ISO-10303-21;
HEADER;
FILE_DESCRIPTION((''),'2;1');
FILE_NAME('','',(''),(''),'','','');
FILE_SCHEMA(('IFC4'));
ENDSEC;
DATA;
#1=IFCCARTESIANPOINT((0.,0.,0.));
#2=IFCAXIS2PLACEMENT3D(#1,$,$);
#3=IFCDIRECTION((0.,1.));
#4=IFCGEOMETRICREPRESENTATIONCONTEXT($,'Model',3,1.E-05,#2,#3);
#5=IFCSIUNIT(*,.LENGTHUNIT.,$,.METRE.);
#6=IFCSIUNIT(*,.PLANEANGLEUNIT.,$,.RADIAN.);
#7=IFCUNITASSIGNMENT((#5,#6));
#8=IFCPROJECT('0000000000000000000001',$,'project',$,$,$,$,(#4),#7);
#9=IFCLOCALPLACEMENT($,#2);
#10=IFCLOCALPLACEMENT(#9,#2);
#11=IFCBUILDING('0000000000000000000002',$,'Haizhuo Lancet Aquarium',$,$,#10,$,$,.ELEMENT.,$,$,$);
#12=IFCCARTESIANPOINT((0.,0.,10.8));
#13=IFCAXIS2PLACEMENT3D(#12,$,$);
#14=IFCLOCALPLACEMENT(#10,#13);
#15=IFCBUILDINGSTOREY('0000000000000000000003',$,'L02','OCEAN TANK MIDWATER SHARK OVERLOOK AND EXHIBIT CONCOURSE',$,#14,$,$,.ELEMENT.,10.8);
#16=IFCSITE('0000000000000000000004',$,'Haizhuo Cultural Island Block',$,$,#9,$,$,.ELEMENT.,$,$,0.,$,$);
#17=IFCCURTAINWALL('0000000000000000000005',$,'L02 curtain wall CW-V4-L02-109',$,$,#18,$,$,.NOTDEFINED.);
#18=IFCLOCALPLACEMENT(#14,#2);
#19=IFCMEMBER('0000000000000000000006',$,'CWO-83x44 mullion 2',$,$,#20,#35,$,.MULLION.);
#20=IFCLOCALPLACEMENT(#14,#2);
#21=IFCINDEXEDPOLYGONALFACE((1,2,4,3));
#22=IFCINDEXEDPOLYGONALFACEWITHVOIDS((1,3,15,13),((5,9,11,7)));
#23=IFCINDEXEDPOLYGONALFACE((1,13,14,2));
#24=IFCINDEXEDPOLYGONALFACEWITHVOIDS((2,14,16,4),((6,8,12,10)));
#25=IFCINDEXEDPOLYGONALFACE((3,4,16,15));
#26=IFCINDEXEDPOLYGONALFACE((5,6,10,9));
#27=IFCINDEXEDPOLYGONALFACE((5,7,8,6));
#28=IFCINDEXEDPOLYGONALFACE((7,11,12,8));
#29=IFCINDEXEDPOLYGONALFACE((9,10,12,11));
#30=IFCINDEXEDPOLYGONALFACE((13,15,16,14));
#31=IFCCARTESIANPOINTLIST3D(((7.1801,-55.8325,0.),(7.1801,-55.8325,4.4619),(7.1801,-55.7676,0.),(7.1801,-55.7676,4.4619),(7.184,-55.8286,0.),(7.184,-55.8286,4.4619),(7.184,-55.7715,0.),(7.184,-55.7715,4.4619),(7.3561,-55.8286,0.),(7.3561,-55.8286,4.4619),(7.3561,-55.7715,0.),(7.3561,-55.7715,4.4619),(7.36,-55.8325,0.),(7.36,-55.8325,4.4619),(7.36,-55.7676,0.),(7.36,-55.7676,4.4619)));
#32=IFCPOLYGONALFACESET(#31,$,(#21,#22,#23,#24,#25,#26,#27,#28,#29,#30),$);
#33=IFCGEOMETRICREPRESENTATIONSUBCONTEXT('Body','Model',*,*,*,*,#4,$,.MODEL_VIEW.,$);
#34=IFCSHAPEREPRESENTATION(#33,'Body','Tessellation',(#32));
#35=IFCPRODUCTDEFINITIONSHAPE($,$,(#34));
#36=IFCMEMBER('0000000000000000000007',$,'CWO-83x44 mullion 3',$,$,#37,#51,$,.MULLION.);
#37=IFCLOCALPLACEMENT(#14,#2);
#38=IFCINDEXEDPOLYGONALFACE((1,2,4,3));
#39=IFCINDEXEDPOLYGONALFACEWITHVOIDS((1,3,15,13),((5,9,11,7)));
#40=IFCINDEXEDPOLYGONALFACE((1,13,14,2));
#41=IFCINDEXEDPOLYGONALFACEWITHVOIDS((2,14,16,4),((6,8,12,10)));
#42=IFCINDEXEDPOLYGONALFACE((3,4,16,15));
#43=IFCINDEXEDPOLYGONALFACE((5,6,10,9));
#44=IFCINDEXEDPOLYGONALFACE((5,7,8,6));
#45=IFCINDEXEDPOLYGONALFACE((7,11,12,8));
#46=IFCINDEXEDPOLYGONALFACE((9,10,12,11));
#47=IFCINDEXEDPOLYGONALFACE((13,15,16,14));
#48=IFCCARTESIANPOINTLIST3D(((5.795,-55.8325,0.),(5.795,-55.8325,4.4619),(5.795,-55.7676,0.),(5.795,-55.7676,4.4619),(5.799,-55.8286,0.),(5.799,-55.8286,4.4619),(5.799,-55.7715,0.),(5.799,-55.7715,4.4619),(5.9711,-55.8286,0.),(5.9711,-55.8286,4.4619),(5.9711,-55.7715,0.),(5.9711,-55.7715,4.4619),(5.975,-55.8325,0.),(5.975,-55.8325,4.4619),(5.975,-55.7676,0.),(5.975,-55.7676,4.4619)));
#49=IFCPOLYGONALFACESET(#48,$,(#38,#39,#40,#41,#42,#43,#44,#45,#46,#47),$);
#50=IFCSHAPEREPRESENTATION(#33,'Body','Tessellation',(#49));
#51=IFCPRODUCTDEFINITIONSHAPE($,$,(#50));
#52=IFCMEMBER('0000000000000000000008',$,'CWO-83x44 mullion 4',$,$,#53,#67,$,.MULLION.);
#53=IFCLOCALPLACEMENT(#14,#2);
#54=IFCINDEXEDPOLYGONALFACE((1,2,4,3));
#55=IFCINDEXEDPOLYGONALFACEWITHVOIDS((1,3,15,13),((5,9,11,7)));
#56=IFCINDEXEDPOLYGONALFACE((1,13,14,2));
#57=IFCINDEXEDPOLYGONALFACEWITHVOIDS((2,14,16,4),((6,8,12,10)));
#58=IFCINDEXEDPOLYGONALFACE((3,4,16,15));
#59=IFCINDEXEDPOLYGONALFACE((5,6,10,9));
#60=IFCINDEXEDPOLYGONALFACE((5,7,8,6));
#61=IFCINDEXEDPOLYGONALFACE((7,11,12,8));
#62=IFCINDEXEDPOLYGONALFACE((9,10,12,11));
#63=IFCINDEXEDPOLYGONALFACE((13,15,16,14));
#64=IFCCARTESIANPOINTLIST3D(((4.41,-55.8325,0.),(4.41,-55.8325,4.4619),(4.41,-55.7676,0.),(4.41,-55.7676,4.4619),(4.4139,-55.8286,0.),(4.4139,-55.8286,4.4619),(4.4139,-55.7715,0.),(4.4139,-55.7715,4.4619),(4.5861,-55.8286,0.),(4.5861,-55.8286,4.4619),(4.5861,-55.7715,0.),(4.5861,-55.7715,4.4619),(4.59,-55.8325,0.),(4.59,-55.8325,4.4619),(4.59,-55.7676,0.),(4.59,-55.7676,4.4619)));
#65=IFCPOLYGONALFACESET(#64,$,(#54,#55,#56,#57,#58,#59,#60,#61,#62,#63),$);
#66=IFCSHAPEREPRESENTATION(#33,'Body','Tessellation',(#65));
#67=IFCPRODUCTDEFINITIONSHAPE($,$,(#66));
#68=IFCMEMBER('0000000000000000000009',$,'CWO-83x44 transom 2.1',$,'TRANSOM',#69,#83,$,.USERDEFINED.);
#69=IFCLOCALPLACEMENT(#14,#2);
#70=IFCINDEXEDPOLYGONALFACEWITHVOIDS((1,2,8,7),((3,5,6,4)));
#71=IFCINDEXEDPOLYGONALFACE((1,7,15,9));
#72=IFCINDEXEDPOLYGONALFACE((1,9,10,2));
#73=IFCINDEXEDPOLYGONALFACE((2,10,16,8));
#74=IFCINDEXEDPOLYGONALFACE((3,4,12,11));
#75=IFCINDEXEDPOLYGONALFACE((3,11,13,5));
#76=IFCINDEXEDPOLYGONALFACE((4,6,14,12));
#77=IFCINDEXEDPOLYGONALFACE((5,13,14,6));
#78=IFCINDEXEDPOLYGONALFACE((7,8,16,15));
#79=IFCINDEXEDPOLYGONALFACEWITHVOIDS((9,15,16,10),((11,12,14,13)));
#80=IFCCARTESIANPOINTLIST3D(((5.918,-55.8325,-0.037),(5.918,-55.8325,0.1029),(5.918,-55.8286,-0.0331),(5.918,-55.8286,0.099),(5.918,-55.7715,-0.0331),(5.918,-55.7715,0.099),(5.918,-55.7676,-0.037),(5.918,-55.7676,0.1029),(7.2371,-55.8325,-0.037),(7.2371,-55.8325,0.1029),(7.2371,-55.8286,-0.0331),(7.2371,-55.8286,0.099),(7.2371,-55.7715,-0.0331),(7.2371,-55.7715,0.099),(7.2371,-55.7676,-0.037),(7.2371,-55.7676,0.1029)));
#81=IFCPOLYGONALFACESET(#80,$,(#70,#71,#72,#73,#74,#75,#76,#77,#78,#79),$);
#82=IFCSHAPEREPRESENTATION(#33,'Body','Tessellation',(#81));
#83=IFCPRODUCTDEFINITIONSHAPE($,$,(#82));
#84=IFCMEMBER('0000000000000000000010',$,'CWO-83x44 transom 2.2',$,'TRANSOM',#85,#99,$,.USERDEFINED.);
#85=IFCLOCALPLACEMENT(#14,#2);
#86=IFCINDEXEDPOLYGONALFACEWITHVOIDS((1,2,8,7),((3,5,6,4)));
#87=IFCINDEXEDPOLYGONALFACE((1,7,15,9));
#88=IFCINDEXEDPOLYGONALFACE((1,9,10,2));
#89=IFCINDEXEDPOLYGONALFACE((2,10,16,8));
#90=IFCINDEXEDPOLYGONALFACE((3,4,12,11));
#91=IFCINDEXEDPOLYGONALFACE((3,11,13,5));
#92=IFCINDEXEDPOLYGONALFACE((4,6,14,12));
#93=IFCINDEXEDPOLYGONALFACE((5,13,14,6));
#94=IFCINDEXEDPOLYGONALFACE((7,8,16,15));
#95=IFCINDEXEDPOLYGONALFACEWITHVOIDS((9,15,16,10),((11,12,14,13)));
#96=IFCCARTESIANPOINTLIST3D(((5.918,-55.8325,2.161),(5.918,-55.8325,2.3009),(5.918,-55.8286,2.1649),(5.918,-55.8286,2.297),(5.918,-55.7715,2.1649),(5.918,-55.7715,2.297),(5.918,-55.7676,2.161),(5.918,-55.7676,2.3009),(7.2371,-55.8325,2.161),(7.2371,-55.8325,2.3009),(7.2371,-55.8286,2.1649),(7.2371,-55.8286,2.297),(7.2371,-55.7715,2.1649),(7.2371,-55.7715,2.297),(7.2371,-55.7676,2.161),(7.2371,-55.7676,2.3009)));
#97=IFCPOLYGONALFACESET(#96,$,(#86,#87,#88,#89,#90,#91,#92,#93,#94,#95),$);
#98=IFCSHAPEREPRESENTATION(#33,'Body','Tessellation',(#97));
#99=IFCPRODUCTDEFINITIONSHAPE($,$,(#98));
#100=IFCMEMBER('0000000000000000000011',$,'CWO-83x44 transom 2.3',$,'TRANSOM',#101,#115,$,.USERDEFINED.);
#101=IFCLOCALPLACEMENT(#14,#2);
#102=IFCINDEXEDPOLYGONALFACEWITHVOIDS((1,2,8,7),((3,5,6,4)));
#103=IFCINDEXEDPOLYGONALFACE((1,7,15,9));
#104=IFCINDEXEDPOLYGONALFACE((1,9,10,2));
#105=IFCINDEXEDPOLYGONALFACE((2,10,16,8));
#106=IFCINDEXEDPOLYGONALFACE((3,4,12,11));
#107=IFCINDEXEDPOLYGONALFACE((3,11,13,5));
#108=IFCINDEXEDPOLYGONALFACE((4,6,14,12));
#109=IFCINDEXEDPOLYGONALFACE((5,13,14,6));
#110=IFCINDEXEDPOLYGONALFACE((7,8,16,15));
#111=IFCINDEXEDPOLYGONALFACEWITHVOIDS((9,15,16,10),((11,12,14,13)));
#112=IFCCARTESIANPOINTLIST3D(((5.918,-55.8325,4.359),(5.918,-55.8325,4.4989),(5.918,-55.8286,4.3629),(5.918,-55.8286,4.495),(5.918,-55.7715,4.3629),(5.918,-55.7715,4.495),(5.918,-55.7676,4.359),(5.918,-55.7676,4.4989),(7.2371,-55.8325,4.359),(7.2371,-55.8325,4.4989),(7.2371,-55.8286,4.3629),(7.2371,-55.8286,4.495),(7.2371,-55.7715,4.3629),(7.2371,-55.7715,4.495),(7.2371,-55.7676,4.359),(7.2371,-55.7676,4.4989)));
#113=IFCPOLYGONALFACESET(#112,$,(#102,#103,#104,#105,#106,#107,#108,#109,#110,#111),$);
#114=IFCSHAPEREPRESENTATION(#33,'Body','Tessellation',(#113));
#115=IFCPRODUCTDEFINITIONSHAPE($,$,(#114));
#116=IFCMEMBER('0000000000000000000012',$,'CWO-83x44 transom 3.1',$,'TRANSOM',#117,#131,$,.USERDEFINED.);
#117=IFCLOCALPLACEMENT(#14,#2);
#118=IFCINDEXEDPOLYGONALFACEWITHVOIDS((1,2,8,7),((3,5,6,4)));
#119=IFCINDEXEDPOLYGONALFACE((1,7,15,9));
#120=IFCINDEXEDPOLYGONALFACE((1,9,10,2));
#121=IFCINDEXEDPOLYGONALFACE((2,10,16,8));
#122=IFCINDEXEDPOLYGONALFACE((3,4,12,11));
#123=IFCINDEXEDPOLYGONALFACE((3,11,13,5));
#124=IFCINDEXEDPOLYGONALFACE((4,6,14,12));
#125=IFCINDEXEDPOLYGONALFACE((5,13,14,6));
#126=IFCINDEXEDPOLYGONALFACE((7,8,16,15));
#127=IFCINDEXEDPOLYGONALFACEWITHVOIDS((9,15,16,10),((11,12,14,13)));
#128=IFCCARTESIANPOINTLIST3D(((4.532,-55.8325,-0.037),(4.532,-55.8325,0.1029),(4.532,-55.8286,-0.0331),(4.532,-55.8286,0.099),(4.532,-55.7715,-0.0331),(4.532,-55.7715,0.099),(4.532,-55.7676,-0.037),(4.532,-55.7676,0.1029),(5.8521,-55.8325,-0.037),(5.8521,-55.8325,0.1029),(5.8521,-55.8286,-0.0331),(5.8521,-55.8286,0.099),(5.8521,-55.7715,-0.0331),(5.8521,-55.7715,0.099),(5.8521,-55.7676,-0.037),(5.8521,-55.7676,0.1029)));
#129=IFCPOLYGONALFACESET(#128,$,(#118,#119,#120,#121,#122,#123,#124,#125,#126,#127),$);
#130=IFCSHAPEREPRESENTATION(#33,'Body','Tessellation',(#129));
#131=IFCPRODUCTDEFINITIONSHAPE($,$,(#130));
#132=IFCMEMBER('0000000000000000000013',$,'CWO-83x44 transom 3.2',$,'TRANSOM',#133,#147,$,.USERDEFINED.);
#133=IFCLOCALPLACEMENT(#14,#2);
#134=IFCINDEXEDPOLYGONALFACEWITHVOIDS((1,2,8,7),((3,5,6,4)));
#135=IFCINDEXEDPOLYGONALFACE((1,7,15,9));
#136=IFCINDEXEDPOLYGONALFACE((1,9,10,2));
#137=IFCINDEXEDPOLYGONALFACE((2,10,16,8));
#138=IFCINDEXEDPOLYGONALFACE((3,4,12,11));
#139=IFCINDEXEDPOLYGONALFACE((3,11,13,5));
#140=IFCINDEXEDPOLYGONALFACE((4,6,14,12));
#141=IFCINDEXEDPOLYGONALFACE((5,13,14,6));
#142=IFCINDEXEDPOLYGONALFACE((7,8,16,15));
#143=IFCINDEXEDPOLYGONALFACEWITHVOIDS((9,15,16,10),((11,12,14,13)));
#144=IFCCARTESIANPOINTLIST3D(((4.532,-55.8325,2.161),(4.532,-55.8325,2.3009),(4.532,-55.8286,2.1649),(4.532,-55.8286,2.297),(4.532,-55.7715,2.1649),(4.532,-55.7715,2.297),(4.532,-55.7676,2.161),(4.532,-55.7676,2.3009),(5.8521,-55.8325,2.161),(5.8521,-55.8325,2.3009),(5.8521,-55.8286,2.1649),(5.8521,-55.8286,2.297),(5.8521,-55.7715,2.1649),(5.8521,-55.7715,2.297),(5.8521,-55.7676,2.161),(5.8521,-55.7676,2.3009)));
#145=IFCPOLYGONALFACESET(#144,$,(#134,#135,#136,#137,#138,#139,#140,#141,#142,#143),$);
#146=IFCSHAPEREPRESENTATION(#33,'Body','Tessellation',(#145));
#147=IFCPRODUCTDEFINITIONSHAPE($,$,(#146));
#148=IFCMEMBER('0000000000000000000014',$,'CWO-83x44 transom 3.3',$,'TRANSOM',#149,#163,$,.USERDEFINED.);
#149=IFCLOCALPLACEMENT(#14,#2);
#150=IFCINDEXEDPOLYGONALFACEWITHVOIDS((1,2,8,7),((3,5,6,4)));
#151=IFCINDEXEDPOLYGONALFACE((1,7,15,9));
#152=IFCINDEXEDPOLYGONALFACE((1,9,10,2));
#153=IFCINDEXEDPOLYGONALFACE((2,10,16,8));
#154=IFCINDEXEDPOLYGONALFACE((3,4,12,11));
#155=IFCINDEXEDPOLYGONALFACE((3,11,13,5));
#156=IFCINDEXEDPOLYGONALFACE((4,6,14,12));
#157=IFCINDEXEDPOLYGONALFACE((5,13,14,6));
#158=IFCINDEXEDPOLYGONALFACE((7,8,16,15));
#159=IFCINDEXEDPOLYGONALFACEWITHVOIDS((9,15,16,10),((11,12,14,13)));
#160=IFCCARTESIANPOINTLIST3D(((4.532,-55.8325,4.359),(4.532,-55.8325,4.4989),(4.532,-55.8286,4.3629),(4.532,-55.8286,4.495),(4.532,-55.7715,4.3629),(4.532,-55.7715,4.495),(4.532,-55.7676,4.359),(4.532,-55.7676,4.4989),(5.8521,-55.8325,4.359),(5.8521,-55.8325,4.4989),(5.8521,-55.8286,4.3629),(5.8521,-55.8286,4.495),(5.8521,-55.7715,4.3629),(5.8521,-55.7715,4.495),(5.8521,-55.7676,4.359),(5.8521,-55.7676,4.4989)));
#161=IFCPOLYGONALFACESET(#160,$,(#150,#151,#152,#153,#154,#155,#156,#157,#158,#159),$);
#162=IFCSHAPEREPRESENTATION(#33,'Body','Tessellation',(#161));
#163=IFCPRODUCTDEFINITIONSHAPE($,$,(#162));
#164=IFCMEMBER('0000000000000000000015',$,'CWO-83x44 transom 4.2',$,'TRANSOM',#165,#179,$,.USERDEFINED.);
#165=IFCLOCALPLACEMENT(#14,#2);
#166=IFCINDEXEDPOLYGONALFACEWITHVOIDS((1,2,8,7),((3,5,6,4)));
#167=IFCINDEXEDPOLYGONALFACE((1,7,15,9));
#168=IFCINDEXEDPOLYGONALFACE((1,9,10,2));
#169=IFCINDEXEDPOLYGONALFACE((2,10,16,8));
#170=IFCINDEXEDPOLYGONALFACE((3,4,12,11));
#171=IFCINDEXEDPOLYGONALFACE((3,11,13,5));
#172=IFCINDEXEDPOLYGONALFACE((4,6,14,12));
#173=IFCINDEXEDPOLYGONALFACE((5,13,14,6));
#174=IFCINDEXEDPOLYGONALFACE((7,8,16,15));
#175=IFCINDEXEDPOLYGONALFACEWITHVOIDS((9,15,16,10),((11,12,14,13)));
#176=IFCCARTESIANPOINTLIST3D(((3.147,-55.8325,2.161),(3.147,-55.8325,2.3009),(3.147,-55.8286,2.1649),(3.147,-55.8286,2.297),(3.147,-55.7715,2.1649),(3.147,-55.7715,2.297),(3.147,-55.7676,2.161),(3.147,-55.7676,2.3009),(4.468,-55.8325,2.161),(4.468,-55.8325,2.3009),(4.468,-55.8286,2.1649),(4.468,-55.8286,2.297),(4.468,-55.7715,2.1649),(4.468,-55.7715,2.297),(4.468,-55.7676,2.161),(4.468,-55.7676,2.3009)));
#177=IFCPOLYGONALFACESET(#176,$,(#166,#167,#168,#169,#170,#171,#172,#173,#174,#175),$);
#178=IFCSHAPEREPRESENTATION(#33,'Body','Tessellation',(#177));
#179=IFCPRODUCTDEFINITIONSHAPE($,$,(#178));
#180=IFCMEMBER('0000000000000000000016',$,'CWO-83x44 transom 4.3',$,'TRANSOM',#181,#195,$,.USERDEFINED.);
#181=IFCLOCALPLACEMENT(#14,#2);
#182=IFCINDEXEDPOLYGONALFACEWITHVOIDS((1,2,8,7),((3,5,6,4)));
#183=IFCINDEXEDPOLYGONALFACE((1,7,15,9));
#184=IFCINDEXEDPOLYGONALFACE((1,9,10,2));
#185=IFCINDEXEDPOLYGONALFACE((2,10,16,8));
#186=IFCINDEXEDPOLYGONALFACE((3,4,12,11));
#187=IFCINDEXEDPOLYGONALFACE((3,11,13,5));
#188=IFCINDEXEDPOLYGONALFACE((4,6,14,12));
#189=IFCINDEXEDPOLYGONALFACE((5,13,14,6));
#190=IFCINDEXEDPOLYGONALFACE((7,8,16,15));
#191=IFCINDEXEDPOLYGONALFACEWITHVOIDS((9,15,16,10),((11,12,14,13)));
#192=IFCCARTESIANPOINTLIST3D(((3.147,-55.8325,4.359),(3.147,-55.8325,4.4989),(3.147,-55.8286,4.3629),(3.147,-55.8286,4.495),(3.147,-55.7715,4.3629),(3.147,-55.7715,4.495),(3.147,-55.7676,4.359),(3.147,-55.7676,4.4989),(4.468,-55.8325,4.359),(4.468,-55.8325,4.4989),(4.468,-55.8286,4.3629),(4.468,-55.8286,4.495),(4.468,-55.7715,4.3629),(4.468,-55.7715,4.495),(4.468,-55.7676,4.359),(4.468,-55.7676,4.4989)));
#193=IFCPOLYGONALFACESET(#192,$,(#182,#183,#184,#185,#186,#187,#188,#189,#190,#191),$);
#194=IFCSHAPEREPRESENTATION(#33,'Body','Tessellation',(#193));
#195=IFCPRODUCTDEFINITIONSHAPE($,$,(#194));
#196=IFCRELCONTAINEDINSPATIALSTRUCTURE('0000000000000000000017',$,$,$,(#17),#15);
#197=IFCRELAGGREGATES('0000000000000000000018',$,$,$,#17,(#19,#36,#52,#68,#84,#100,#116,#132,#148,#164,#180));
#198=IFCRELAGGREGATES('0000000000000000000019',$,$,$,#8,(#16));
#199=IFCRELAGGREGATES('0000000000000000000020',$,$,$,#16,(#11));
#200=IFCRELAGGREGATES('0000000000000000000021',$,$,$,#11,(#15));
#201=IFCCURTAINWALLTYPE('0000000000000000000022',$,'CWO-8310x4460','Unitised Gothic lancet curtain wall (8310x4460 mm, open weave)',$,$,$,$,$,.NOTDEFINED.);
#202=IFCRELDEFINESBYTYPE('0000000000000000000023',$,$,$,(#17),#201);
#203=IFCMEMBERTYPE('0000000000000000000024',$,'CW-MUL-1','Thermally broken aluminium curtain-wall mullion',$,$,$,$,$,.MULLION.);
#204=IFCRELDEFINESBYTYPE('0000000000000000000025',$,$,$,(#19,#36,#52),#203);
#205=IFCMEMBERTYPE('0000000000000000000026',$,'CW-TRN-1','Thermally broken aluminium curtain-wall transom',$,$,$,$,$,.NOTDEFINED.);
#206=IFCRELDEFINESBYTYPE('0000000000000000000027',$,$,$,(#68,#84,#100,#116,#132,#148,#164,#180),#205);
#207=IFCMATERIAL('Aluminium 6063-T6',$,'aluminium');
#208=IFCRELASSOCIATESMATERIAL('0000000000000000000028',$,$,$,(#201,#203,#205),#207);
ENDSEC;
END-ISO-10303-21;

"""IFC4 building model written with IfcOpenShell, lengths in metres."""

from ifc_helpers import new_model, si_unit, direction, frame, origin, origin_2d, place, context, subcontext, project, spatial, hollow_rectangle, extrude, material, material_profile, profile_set, type_object, element, aggregate, save


model = new_model("IFC4")

# Units and contexts
model_context = context("Model", 3, precision=1e-05, world=origin(), true_north=direction((0.0, 1.0)))
body_context = subcontext(model_context, "Body", "Model", "MODEL_VIEW")
ifc_project = project(units=[si_unit("LENGTHUNIT", "METRE"), si_unit("PLANEANGLEUNIT", "RADIAN")], contexts=[model_context])

# Site, building, storey
site_placement = place(None, origin())
site = spatial("IfcSite", under=ifc_project, at=site_placement, Name="Haizhuo Cultural Island Block", CompositionType="ELEMENT", RefElevation=0.0)
building_placement = place(site_placement, origin())
building = spatial("IfcBuilding", under=site, at=building_placement, Name="Haizhuo Lancet Aquarium", CompositionType="ELEMENT")
storey_placement = place(building_placement, frame((0.0, 0.0, 10.8)))
storey = spatial("IfcBuildingStorey", under=building, at=storey_placement, Name="L02", Description="OCEAN TANK MIDWATER SHARK OVERLOOK AND EXHIBIT CONCOURSE", CompositionType="ELEMENT", Elevation=10.8)

# Curtain wall, members
ifc_material_1 = material(Name="Aluminium 6063-T6", Category="aluminium")
curtain_wall_type = type_object("IfcCurtainWallType", Name="CWO-8310x4460", Description="Unitised Gothic lancet curtain wall (8310x4460 mm, open weave)", PredefinedType="NOTDEFINED", material=ifc_material_1)
curtain_wall_placement = place(storey_placement, origin())
curtain_wall = element("IfcCurtainWall", 1, at=curtain_wall_placement, inside=storey, type_object=curtain_wall_type, Name="L02 curtain wall CW-V4-L02-109", PredefinedType="NOTDEFINED")
ifc_material_profile_1 = material_profile(ifc_material_1, hollow_rectangle(XDim=0.0649, YDim=0.1799, WallThickness=0.0039, at=origin_2d()), Name="ALU-M 65x180x4")
ifc_profile_set_1 = profile_set([ifc_material_profile_1], Name="Aluminium 6063-T6")
member_type_1 = type_object("IfcMemberType", Name="CW-MUL-1", Description="Thermally broken aluminium curtain-wall mullion", PredefinedType="MULLION", material=ifc_profile_set_1)
member_1_placement = place(storey_placement, frame((7.27, -55.8, 0.0), z_axis=(0.0, 0.0, 1.0), x_axis=(0.0, -1.0, 0.0)))
member_1 = element("IfcMember", 2, at=member_1_placement, type_object=member_type_1, Name="CWO-83x44 mullion 2", PredefinedType="MULLION", context=body_context, shape_type="SweptSolid", body=[
    extrude(hollow_rectangle(XDim=0.0649, YDim=0.1799, WallThickness=0.0039, at=origin_2d()), origin(), (0.0, 0.0, 1.0), 4.4619),
])
member_2_placement = place(storey_placement, frame((5.885, -55.8, 0.0), z_axis=(0.0, 0.0, 1.0), x_axis=(0.0, -1.0, 0.0)))
member_2 = element("IfcMember", 3, at=member_2_placement, type_object=member_type_1, Name="CWO-83x44 mullion 3", PredefinedType="MULLION", context=body_context, shape_type="SweptSolid", body=[
    extrude(hollow_rectangle(XDim=0.0649, YDim=0.1799, WallThickness=0.0039, at=origin_2d()), origin(), (0.0, 0.0, 1.0), 4.4619),
])
member_3_placement = place(storey_placement, frame((4.5, -55.8, 0.0), z_axis=(0.0, 0.0, 1.0), x_axis=(0.0, -1.0, 0.0)))
member_3 = element("IfcMember", 4, at=member_3_placement, type_object=member_type_1, Name="CWO-83x44 mullion 4", PredefinedType="MULLION", context=body_context, shape_type="SweptSolid", body=[
    extrude(hollow_rectangle(XDim=0.0649, YDim=0.1799, WallThickness=0.0039, at=origin_2d()), origin(), (0.0, 0.0, 1.0), 4.4619),
])
ifc_material_profile_2 = material_profile(ifc_material_1, hollow_rectangle(XDim=0.0649, YDim=0.1399, WallThickness=0.0039, at=origin_2d()), Name="ALU-T 65x140x4")
ifc_profile_set_2 = profile_set([ifc_material_profile_2], Name="Aluminium 6063-T6")
member_type_2 = type_object("IfcMemberType", Name="CW-TRN-1", Description="Thermally broken aluminium curtain-wall transom", PredefinedType="NOTDEFINED", material=ifc_profile_set_2)
member_4_placement = place(storey_placement, frame((7.2371, -55.8, 0.033), z_axis=(-1.0, 0.0, 0.0), x_axis=(0.0, -1.0, 0.0)))
member_4 = element("IfcMember", 5, at=member_4_placement, type_object=member_type_2, Name="CWO-83x44 transom 2.1", ObjectType="TRANSOM", PredefinedType="USERDEFINED", context=body_context, shape_type="SweptSolid", body=[
    extrude(hollow_rectangle(XDim=0.0649, YDim=0.1399, WallThickness=0.0039, at=origin_2d()), origin(), (0.0, 0.0, 1.0), 1.3191),
])
member_5_placement = place(storey_placement, frame((7.2371, -55.8, 2.231), z_axis=(-1.0, 0.0, 0.0), x_axis=(0.0, -1.0, 0.0)))
member_5 = element("IfcMember", 6, at=member_5_placement, type_object=member_type_2, Name="CWO-83x44 transom 2.2", ObjectType="TRANSOM", PredefinedType="USERDEFINED", context=body_context, shape_type="SweptSolid", body=[
    extrude(hollow_rectangle(XDim=0.0649, YDim=0.1399, WallThickness=0.0039, at=origin_2d()), origin(), (0.0, 0.0, 1.0), 1.3191),
])
member_6_placement = place(storey_placement, frame((7.2371, -55.8, 4.429), z_axis=(-1.0, 0.0, 0.0), x_axis=(0.0, -1.0, 0.0)))
member_6 = element("IfcMember", 7, at=member_6_placement, type_object=member_type_2, Name="CWO-83x44 transom 2.3", ObjectType="TRANSOM", PredefinedType="USERDEFINED", context=body_context, shape_type="SweptSolid", body=[
    extrude(hollow_rectangle(XDim=0.0649, YDim=0.1399, WallThickness=0.0039, at=origin_2d()), origin(), (0.0, 0.0, 1.0), 1.3191),
])
member_7_placement = place(storey_placement, frame((5.8521, -55.8, 0.033), z_axis=(-1.0, 0.0, 0.0), x_axis=(0.0, -1.0, 0.0)))
member_7 = element("IfcMember", 8, at=member_7_placement, type_object=member_type_2, Name="CWO-83x44 transom 3.1", ObjectType="TRANSOM", PredefinedType="USERDEFINED", context=body_context, shape_type="SweptSolid", body=[
    extrude(hollow_rectangle(XDim=0.0649, YDim=0.1399, WallThickness=0.0039, at=origin_2d()), origin(), (0.0, 0.0, 1.0), 1.3201),
])
member_8_placement = place(storey_placement, frame((5.8521, -55.8, 2.231), z_axis=(-1.0, 0.0, 0.0), x_axis=(0.0, -1.0, 0.0)))
member_8 = element("IfcMember", 9, at=member_8_placement, type_object=member_type_2, Name="CWO-83x44 transom 3.2", ObjectType="TRANSOM", PredefinedType="USERDEFINED", context=body_context, shape_type="SweptSolid", body=[
    extrude(hollow_rectangle(XDim=0.0649, YDim=0.1399, WallThickness=0.0039, at=origin_2d()), origin(), (0.0, 0.0, 1.0), 1.3201),
])
member_9_placement = place(storey_placement, frame((5.8521, -55.8, 4.429), z_axis=(-1.0, 0.0, 0.0), x_axis=(0.0, -1.0, 0.0)))
member_9 = element("IfcMember", 10, at=member_9_placement, type_object=member_type_2, Name="CWO-83x44 transom 3.3", ObjectType="TRANSOM", PredefinedType="USERDEFINED", context=body_context, shape_type="SweptSolid", body=[
    extrude(hollow_rectangle(XDim=0.0649, YDim=0.1399, WallThickness=0.0039, at=origin_2d()), origin(), (0.0, 0.0, 1.0), 1.3201),
])
member_10_placement = place(storey_placement, frame((4.468, -55.8, 2.231), z_axis=(-1.0, 0.0, 0.0), x_axis=(0.0, -1.0, 0.0)))
member_10 = element("IfcMember", 11, at=member_10_placement, type_object=member_type_2, Name="CWO-83x44 transom 4.2", ObjectType="TRANSOM", PredefinedType="USERDEFINED", context=body_context, shape_type="SweptSolid", body=[
    extrude(hollow_rectangle(XDim=0.0649, YDim=0.1399, WallThickness=0.0039, at=origin_2d()), origin(), (0.0, 0.0, 1.0), 1.321),
])
member_11_placement = place(storey_placement, frame((4.468, -55.8, 4.429), z_axis=(-1.0, 0.0, 0.0), x_axis=(0.0, -1.0, 0.0)))
member_11 = element("IfcMember", 12, at=member_11_placement, type_object=member_type_2, Name="CWO-83x44 transom 4.3", ObjectType="TRANSOM", PredefinedType="USERDEFINED", context=body_context, shape_type="SweptSolid", body=[
    extrude(hollow_rectangle(XDim=0.0649, YDim=0.1399, WallThickness=0.0039, at=origin_2d()), origin(), (0.0, 0.0, 1.0), 1.321),
])

aggregate(curtain_wall, [member_1, member_2, member_3, member_4, member_5, member_6, member_7, member_8, member_9, member_10, member_11])

save(model, "model.ifc")
